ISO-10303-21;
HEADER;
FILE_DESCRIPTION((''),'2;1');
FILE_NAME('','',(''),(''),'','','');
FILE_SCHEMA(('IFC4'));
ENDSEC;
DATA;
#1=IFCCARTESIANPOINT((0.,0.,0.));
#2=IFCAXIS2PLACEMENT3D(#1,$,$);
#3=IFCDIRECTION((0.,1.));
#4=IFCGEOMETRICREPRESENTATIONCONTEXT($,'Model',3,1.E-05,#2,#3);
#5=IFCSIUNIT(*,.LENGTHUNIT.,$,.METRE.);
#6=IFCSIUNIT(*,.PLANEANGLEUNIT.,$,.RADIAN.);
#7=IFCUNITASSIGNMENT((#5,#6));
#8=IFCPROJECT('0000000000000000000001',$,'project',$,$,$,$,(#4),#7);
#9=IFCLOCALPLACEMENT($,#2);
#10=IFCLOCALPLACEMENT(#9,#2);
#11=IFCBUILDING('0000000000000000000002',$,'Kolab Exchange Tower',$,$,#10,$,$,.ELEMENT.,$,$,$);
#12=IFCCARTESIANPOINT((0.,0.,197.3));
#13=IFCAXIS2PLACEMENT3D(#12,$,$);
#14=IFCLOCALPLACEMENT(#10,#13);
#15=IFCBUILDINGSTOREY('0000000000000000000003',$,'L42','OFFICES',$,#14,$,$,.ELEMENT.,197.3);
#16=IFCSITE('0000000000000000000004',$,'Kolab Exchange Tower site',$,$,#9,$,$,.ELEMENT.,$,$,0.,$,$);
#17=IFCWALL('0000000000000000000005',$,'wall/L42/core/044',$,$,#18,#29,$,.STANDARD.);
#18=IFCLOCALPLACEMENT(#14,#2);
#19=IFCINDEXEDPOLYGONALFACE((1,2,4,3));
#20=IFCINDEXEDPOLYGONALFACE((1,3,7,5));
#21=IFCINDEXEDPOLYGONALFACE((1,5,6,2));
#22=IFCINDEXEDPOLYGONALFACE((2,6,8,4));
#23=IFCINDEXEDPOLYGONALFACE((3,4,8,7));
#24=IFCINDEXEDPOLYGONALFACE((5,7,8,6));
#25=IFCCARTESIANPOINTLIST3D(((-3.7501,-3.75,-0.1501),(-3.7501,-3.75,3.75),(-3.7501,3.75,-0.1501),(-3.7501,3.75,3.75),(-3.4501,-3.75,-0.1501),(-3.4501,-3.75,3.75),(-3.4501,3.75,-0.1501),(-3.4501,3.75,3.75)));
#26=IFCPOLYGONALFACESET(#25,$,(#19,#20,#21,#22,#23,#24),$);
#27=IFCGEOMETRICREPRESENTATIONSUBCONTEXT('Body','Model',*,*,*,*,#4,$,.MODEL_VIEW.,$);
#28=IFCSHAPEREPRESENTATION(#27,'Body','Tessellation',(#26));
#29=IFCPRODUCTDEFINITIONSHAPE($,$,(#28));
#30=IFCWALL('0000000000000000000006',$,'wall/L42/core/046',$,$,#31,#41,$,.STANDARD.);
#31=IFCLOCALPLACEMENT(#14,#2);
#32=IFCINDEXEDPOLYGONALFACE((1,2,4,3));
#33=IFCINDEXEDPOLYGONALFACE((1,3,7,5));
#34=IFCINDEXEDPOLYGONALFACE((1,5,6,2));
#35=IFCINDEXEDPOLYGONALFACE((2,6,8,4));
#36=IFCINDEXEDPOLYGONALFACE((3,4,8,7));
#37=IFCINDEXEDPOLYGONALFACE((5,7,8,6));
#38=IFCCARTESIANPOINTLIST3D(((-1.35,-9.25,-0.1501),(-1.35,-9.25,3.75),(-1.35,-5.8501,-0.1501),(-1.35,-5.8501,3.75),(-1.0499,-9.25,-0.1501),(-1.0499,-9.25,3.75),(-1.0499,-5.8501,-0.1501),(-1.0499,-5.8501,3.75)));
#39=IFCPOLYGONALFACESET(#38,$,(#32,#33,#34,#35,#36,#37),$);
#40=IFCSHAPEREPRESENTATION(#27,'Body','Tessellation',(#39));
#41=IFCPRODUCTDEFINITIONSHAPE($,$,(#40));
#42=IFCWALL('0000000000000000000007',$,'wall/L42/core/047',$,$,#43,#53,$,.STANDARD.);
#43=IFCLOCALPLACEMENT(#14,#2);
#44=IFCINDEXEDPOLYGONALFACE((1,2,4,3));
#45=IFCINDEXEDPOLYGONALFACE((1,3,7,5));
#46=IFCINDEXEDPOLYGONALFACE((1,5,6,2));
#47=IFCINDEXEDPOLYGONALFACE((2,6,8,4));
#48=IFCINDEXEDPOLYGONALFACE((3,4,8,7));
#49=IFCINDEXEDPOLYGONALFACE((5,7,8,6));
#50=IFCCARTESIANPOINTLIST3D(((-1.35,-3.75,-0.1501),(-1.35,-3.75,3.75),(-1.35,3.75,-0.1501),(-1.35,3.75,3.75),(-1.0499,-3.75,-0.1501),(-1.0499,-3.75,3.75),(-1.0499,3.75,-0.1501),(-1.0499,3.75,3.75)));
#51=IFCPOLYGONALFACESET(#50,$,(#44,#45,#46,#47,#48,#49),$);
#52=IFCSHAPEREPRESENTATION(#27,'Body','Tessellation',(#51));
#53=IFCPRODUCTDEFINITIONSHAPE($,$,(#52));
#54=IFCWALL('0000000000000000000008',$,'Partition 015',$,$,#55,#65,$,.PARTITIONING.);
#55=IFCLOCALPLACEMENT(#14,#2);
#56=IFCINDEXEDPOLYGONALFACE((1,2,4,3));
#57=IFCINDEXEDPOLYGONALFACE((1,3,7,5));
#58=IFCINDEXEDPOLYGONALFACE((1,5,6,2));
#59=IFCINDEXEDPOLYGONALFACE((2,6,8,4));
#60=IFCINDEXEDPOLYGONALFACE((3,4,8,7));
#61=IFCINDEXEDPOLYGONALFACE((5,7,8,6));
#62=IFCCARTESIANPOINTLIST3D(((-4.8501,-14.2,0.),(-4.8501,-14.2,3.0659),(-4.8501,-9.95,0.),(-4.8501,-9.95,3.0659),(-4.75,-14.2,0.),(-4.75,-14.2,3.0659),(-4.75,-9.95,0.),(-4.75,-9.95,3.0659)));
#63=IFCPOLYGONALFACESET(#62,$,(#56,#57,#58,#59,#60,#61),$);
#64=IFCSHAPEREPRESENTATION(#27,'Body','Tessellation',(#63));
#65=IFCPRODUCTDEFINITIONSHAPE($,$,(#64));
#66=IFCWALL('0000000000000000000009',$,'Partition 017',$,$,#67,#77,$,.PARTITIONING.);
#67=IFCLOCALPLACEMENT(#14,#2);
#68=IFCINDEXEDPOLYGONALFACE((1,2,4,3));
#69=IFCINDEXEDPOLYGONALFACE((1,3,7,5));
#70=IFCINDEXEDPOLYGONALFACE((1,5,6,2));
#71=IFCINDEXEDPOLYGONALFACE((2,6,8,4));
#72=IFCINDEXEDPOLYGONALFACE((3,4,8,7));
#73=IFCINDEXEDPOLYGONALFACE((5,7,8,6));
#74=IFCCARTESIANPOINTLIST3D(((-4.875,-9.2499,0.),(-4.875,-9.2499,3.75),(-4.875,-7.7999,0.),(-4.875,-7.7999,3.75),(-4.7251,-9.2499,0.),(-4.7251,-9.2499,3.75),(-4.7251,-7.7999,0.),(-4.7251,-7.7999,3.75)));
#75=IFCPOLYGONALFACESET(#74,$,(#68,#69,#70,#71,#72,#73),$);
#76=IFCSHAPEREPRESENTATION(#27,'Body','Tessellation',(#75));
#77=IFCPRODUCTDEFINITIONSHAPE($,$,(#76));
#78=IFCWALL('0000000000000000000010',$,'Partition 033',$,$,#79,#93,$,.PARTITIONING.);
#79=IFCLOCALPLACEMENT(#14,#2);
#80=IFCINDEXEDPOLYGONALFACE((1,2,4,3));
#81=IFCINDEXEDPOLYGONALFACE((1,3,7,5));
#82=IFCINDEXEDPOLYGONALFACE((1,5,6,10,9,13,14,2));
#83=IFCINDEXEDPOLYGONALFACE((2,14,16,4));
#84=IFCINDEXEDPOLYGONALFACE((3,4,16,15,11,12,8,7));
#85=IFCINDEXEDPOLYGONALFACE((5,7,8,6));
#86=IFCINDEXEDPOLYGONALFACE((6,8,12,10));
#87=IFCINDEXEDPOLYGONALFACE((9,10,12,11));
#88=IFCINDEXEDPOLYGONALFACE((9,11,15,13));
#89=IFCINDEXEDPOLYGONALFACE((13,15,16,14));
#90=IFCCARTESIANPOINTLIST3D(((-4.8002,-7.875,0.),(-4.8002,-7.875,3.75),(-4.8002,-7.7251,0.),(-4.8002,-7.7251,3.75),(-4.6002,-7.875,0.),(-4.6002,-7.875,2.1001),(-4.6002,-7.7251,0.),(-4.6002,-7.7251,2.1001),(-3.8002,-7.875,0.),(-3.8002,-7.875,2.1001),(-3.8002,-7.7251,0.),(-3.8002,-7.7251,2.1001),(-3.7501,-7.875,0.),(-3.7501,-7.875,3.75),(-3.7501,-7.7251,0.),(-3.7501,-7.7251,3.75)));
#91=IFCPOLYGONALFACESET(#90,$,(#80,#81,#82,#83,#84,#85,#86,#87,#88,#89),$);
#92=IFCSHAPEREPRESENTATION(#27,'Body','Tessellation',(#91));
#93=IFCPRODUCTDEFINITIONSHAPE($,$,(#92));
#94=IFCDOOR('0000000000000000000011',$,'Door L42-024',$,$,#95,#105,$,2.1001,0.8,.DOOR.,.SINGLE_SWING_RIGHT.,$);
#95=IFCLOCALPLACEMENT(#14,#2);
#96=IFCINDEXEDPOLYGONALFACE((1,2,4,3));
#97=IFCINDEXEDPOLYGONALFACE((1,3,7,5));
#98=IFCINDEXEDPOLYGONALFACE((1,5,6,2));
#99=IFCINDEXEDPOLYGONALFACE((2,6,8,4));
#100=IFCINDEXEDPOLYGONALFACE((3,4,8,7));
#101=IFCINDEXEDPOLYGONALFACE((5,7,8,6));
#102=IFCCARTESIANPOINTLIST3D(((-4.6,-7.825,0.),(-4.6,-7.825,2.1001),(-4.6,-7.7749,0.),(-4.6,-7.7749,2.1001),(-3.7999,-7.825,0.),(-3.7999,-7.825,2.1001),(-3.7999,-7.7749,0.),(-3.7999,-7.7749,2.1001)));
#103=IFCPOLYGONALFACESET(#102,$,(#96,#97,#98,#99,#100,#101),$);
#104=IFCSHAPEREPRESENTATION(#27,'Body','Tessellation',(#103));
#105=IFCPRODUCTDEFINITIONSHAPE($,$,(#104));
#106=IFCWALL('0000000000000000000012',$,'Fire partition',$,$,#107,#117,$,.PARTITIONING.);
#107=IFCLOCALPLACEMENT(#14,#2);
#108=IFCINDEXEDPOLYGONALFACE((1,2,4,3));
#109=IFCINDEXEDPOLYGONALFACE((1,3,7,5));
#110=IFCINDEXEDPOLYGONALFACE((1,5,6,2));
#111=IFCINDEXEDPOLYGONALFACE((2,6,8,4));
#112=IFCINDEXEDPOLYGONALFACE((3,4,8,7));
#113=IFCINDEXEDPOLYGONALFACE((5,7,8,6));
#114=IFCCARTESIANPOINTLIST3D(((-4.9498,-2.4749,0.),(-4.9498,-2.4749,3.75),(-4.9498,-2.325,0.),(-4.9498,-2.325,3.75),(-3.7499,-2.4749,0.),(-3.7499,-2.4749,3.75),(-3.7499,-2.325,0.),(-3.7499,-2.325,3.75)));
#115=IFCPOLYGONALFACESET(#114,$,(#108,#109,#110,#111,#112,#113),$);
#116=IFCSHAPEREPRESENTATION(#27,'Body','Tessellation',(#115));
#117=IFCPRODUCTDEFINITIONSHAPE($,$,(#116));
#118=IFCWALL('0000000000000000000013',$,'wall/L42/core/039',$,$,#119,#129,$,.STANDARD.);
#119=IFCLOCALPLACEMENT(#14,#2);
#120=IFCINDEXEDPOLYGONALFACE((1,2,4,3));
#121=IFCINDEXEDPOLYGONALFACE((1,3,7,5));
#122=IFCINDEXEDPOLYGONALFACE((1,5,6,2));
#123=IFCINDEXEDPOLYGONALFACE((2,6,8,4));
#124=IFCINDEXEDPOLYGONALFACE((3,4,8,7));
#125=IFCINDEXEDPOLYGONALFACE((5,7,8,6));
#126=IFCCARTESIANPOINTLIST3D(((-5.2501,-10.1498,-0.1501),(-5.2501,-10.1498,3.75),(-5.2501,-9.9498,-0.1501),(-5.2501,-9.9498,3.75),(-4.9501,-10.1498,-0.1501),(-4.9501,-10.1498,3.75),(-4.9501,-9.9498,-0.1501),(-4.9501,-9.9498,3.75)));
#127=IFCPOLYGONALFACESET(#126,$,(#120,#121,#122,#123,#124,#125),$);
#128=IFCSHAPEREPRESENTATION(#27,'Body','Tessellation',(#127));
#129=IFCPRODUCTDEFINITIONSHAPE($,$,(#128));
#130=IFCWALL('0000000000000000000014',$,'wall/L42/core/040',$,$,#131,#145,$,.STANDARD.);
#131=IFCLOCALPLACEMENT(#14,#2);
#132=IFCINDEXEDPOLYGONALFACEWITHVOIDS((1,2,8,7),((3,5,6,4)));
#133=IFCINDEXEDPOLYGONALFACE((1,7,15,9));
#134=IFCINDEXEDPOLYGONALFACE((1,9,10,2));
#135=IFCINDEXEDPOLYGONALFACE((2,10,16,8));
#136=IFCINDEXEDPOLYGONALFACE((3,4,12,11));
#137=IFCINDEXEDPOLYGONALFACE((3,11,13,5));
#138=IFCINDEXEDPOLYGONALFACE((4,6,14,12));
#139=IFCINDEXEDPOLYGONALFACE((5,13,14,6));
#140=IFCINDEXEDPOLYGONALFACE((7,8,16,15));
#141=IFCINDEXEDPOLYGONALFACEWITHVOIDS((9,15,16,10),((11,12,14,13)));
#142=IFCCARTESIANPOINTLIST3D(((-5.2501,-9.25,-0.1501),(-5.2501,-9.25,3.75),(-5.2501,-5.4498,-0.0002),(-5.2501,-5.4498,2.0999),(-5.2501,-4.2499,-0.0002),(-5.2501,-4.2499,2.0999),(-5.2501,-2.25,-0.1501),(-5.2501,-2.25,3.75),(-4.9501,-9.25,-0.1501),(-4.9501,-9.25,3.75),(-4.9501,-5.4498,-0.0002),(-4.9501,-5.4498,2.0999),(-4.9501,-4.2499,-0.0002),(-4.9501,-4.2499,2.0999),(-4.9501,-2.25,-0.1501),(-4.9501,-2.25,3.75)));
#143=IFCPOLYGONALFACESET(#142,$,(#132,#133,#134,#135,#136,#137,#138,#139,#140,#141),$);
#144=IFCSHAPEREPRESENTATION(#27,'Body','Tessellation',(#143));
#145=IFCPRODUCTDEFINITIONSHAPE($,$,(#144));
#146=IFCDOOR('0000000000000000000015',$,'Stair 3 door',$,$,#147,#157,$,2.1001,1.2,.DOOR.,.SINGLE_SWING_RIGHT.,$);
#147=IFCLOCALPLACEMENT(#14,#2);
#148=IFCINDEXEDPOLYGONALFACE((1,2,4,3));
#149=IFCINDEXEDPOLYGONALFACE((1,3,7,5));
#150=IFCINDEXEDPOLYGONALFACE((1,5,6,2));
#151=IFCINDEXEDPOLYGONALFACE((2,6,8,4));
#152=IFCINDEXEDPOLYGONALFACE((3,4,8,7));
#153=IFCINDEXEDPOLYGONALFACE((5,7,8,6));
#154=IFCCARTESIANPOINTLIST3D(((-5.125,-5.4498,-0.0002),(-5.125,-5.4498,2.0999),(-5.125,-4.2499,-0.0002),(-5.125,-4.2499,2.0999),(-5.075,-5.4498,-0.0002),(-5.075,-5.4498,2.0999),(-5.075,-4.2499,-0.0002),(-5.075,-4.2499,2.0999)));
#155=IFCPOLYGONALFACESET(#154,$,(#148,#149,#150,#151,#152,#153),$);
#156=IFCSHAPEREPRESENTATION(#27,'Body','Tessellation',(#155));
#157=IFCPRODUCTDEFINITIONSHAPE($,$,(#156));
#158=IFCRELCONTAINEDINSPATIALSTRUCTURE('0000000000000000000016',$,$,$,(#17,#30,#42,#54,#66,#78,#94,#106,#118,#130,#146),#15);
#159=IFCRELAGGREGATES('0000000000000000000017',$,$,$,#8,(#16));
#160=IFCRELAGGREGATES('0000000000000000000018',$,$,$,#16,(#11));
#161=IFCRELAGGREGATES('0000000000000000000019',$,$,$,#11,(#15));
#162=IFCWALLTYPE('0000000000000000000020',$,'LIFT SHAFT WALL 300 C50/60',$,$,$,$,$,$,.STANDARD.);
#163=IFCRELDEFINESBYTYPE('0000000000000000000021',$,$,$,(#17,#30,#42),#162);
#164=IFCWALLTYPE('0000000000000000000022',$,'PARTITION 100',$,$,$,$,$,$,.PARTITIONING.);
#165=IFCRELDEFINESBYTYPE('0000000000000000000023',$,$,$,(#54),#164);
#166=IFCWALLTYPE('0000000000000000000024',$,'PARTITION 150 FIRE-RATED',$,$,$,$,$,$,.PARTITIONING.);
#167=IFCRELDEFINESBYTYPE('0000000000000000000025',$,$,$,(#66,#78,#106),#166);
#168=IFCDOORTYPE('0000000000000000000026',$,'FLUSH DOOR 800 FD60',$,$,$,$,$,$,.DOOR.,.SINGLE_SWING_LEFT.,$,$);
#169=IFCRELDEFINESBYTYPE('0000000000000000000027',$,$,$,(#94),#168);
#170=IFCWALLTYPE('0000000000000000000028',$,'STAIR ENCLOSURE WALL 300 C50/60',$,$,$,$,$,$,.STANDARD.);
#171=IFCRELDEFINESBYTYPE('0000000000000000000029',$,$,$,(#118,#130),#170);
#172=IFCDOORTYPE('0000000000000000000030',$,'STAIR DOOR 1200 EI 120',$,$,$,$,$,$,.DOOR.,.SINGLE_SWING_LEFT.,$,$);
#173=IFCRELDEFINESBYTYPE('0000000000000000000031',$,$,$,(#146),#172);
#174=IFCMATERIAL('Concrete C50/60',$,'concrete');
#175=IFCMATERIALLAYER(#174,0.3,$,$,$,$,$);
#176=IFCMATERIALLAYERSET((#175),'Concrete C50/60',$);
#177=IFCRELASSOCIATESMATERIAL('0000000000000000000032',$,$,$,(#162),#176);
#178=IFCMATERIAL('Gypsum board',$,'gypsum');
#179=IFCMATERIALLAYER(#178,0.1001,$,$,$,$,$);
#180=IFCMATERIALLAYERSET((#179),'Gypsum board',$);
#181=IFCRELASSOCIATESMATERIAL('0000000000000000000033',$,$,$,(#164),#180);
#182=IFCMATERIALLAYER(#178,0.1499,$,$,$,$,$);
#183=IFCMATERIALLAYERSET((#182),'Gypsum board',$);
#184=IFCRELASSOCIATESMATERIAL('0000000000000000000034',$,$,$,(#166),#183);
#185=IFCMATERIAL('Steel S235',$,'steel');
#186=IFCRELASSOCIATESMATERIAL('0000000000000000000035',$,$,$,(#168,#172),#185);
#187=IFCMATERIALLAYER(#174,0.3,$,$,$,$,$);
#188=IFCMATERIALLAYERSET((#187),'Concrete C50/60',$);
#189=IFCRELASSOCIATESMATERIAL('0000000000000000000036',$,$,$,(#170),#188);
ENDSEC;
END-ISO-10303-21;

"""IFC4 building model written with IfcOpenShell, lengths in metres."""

from ifc_helpers import new_model, si_unit, direction, frame, frame_2d, origin, place, context, subcontext, project, spatial, rectangle, extrude, material, layer, layer_set, type_object, element, fill, save


model = new_model("IFC4")

# Units and contexts
model_context = context("Model", 3, precision=1e-05, world=origin(), true_north=direction((0.0, 1.0)))
body_context = subcontext(model_context, "Body", "Model", "MODEL_VIEW")
ifc_project = project(units=[si_unit("LENGTHUNIT", "METRE"), si_unit("PLANEANGLEUNIT", "RADIAN")], contexts=[model_context])

# Site, building, storey
site_placement = place(None, origin())
site = spatial("IfcSite", under=ifc_project, at=site_placement, Name="Kolab Exchange Tower site", CompositionType="ELEMENT", RefElevation=0.0)
building_placement = place(site_placement, origin())
building = spatial("IfcBuilding", under=site, at=building_placement, Name="Kolab Exchange Tower", CompositionType="ELEMENT")
storey_placement = place(building_placement, frame((0.0, 0.0, 197.3)))
storey = spatial("IfcBuildingStorey", under=building, at=storey_placement, Name="L42", Description="OFFICES", CompositionType="ELEMENT", Elevation=197.3)

# Shared definitions
ifc_material_1 = material(Name="Steel S235", Category="steel")
ifc_material_2 = material(Name="Concrete C50/60", Category="concrete")
ifc_layer_1 = layer(ifc_material_2, 0.3)
ifc_layer_set_1 = layer_set([ifc_layer_1], Name="Concrete C50/60")
wall_type_1 = type_object("IfcWallType", Name="LIFT SHAFT WALL 300 C50/60", PredefinedType="STANDARD", material=ifc_layer_set_1)

# Walls
wall_1_placement = place(storey_placement, frame((-3.6001, -3.75, -0.1501), z_axis=(0.0, 0.0, 1.0), x_axis=(0.0, 1.0, 0.0)))
element("IfcWall", 1, at=wall_1_placement, inside=storey, type_object=wall_type_1, Name="wall/L42/core/044", PredefinedType="STANDARD", context=body_context, shape_type="SweptSolid", body=[
    extrude(rectangle(XDim=7.5, YDim=0.3, at=frame_2d((3.75, 0.0))), origin(), (0.0, 0.0, 1.0), 3.9001),
])
wall_2_placement = place(storey_placement, frame((-1.2, -9.25, -0.1501), z_axis=(0.0, 0.0, 1.0), x_axis=(0.0, 1.0, 0.0)))
element("IfcWall", 2, at=wall_2_placement, inside=storey, type_object=wall_type_1, Name="wall/L42/core/046", PredefinedType="STANDARD", context=body_context, shape_type="SweptSolid", body=[
    extrude(rectangle(XDim=3.3999, YDim=0.3, at=frame_2d((1.7, 0.0))), origin(), (0.0, 0.0, 1.0), 3.9001),
])
wall_3_placement = place(storey_placement, frame((-1.2, -3.75, -0.1501), z_axis=(0.0, 0.0, 1.0), x_axis=(0.0, 1.0, 0.0)))
element("IfcWall", 3, at=wall_3_placement, inside=storey, type_object=wall_type_1, Name="wall/L42/core/047", PredefinedType="STANDARD", context=body_context, shape_type="SweptSolid", body=[
    extrude(rectangle(XDim=7.5, YDim=0.3, at=frame_2d((3.75, 0.0))), origin(), (0.0, 0.0, 1.0), 3.9001),
])
ifc_material_3 = material(Name="Gypsum board", Category="gypsum")
ifc_layer_2 = layer(ifc_material_3, 0.1001)
ifc_layer_set_2 = layer_set([ifc_layer_2], Name="Gypsum board")
wall_type_2 = type_object("IfcWallType", Name="PARTITION 100", PredefinedType="PARTITIONING", material=ifc_layer_set_2)
wall_4_placement = place(storey_placement, frame((-4.8, -14.2, 0.0), z_axis=(0.0, 0.0, 1.0), x_axis=(0.0, 1.0, 0.0)))
element("IfcWall", 4, at=wall_4_placement, inside=storey, type_object=wall_type_2, Name="Partition 015", PredefinedType="PARTITIONING", context=body_context, shape_type="SweptSolid", body=[
    extrude(rectangle(XDim=4.25, YDim=0.1001, at=frame_2d((2.125, 0.0))), origin(), (0.0, 0.0, 1.0), 3.0659),
])
ifc_layer_3 = layer(ifc_material_3, 0.1499)
ifc_layer_set_3 = layer_set([ifc_layer_3], Name="Gypsum board")
wall_type_3 = type_object("IfcWallType", Name="PARTITION 150 FIRE-RATED", PredefinedType="PARTITIONING", material=ifc_layer_set_3)
wall_5_placement = place(storey_placement, frame((-4.8, -9.25, 0.0), z_axis=(0.0, 0.0, 1.0), x_axis=(0.0, 1.0, 0.0)))
element("IfcWall", 5, at=wall_5_placement, inside=storey, type_object=wall_type_3, Name="Partition 017", PredefinedType="PARTITIONING", context=body_context, shape_type="SweptSolid", body=[
    extrude(rectangle(XDim=1.45, YDim=0.1499, at=frame_2d((0.7251, 0.0))), origin(), (0.0, 0.0, 1.0), 3.75),
])

# Wall, opening, door
wall_6_placement = place(storey_placement, frame((-4.8, -7.8, 0.0), z_axis=(0.0, 0.0, 1.0), x_axis=(1.0, 0.0, 0.0)))
wall_6 = element("IfcWall", 6, at=wall_6_placement, inside=storey, type_object=wall_type_3, Name="Partition 033", PredefinedType="PARTITIONING", context=body_context, shape_type="SweptSolid", body=[
    extrude(rectangle(XDim=1.05, YDim=0.1499, at=frame_2d((0.5249, 0.0))), origin(), (0.0, 0.0, 1.0), 3.75),
])
opening_1_placement = place(wall_6_placement, frame((0.2, 0.0, 0.0)))
opening_1 = element("IfcOpeningElement", 7, at=opening_1_placement, cuts=wall_6, PredefinedType="OPENING", context=body_context, shape_type="SweptSolid", body=[
    extrude(rectangle(XDim=0.8, YDim=2.1001, at=frame_2d((0.3999, 1.05))), frame((0.0, 0.085, 0.0), z_axis=(0.0, -1.0, 0.0), x_axis=(1.0, 0.0, 0.0)), (0.0, 0.0, 1.0), 0.1699),
])
door_type_1 = type_object("IfcDoorType", Name="FLUSH DOOR 800 FD60", OperationType="SINGLE_SWING_LEFT", PredefinedType="DOOR", material=ifc_material_1)
door_1_placement = place(opening_1_placement, frame((0.8, 0.0, 0.0), z_axis=(0.0, 0.0, 1.0), x_axis=(-1.0, 0.0, 0.0)))
door_1 = element("IfcDoor", 8, at=door_1_placement, inside=storey, type_object=door_type_1, Name="Door L42-024", OperationType="SINGLE_SWING_RIGHT", OverallHeight=2.1001, OverallWidth=0.8, PredefinedType="DOOR", context=body_context, shape_type="SweptSolid", body=[
    extrude(rectangle(XDim=0.8, YDim=2.1001, at=frame_2d((0.3999, 1.05))), frame((0.0, 0.0249, 0.0), z_axis=(0.0, -1.0, 0.0), x_axis=(1.0, 0.0, 0.0)), (0.0, 0.0, 1.0), 0.05),
])
fill(opening_1, door_1)

# Walls
wall_7_placement = place(storey_placement, frame((-4.95, -2.3999, 0.0), z_axis=(0.0, 0.0, 1.0), x_axis=(1.0, 0.0, 0.0)))
element("IfcWall", 9, at=wall_7_placement, inside=storey, type_object=wall_type_3, Name="Fire partition", PredefinedType="PARTITIONING", context=body_context, shape_type="SweptSolid", body=[
    extrude(rectangle(XDim=1.2, YDim=0.1499, at=frame_2d((0.6001, 0.0))), origin(), (0.0, 0.0, 1.0), 3.75),
])
ifc_layer_4 = layer(ifc_material_2, 0.3)
ifc_layer_set_4 = layer_set([ifc_layer_4], Name="Concrete C50/60")
wall_type_4 = type_object("IfcWallType", Name="STAIR ENCLOSURE WALL 300 C50/60", PredefinedType="STANDARD", material=ifc_layer_set_4)
wall_8_placement = place(storey_placement, frame((-5.1001, -10.1499, -0.1501), z_axis=(0.0, 0.0, 1.0), x_axis=(0.0, 1.0, 0.0)))
element("IfcWall", 10, at=wall_8_placement, inside=storey, type_object=wall_type_4, Name="wall/L42/core/039", PredefinedType="STANDARD", context=body_context, shape_type="SweptSolid", body=[
    extrude(rectangle(XDim=0.2, YDim=0.3, at=frame_2d((0.1001, 0.0))), origin(), (0.0, 0.0, 1.0), 3.9001),
])

# Wall, opening, door
wall_9_placement = place(storey_placement, frame((-5.1001, -9.25, -0.1501), z_axis=(0.0, 0.0, 1.0), x_axis=(0.0, 1.0, 0.0)))
wall_9 = element("IfcWall", 11, at=wall_9_placement, inside=storey, type_object=wall_type_4, Name="wall/L42/core/040", PredefinedType="STANDARD", context=body_context, shape_type="SweptSolid", body=[
    extrude(rectangle(XDim=7.0, YDim=0.3, at=frame_2d((3.5, 0.0))), origin(), (0.0, 0.0, 1.0), 3.9001),
])
opening_2_placement = place(wall_9_placement, frame((3.8, 0.0, 0.1499)))
opening_2 = element("IfcOpeningElement", 12, at=opening_2_placement, cuts=wall_9, PredefinedType="OPENING", context=body_context, shape_type="SweptSolid", body=[
    extrude(rectangle(XDim=1.2, YDim=2.1001, at=frame_2d((0.6001, 1.05))), frame((0.0, 0.1602, 0.0), z_axis=(0.0, -1.0, 0.0), x_axis=(1.0, 0.0, 0.0)), (0.0, 0.0, 1.0), 0.3201),
])
door_type_2 = type_object("IfcDoorType", Name="STAIR DOOR 1200 EI 120", OperationType="SINGLE_SWING_LEFT", PredefinedType="DOOR", material=ifc_material_1)
door_2_placement = place(opening_2_placement, origin())
door_2 = element("IfcDoor", 13, at=door_2_placement, inside=storey, type_object=door_type_2, Name="Stair 3 door", OperationType="SINGLE_SWING_RIGHT", OverallHeight=2.1001, OverallWidth=1.2, PredefinedType="DOOR", context=body_context, shape_type="SweptSolid", body=[
    extrude(rectangle(XDim=1.2, YDim=2.1001, at=frame_2d((0.6001, 1.05))), frame((0.0, 0.0249, 0.0), z_axis=(0.0, -1.0, 0.0), x_axis=(1.0, 0.0, 0.0)), (0.0, 0.0, 1.0), 0.05),
])
fill(opening_2, door_2)

save(model, "model.ifc")
